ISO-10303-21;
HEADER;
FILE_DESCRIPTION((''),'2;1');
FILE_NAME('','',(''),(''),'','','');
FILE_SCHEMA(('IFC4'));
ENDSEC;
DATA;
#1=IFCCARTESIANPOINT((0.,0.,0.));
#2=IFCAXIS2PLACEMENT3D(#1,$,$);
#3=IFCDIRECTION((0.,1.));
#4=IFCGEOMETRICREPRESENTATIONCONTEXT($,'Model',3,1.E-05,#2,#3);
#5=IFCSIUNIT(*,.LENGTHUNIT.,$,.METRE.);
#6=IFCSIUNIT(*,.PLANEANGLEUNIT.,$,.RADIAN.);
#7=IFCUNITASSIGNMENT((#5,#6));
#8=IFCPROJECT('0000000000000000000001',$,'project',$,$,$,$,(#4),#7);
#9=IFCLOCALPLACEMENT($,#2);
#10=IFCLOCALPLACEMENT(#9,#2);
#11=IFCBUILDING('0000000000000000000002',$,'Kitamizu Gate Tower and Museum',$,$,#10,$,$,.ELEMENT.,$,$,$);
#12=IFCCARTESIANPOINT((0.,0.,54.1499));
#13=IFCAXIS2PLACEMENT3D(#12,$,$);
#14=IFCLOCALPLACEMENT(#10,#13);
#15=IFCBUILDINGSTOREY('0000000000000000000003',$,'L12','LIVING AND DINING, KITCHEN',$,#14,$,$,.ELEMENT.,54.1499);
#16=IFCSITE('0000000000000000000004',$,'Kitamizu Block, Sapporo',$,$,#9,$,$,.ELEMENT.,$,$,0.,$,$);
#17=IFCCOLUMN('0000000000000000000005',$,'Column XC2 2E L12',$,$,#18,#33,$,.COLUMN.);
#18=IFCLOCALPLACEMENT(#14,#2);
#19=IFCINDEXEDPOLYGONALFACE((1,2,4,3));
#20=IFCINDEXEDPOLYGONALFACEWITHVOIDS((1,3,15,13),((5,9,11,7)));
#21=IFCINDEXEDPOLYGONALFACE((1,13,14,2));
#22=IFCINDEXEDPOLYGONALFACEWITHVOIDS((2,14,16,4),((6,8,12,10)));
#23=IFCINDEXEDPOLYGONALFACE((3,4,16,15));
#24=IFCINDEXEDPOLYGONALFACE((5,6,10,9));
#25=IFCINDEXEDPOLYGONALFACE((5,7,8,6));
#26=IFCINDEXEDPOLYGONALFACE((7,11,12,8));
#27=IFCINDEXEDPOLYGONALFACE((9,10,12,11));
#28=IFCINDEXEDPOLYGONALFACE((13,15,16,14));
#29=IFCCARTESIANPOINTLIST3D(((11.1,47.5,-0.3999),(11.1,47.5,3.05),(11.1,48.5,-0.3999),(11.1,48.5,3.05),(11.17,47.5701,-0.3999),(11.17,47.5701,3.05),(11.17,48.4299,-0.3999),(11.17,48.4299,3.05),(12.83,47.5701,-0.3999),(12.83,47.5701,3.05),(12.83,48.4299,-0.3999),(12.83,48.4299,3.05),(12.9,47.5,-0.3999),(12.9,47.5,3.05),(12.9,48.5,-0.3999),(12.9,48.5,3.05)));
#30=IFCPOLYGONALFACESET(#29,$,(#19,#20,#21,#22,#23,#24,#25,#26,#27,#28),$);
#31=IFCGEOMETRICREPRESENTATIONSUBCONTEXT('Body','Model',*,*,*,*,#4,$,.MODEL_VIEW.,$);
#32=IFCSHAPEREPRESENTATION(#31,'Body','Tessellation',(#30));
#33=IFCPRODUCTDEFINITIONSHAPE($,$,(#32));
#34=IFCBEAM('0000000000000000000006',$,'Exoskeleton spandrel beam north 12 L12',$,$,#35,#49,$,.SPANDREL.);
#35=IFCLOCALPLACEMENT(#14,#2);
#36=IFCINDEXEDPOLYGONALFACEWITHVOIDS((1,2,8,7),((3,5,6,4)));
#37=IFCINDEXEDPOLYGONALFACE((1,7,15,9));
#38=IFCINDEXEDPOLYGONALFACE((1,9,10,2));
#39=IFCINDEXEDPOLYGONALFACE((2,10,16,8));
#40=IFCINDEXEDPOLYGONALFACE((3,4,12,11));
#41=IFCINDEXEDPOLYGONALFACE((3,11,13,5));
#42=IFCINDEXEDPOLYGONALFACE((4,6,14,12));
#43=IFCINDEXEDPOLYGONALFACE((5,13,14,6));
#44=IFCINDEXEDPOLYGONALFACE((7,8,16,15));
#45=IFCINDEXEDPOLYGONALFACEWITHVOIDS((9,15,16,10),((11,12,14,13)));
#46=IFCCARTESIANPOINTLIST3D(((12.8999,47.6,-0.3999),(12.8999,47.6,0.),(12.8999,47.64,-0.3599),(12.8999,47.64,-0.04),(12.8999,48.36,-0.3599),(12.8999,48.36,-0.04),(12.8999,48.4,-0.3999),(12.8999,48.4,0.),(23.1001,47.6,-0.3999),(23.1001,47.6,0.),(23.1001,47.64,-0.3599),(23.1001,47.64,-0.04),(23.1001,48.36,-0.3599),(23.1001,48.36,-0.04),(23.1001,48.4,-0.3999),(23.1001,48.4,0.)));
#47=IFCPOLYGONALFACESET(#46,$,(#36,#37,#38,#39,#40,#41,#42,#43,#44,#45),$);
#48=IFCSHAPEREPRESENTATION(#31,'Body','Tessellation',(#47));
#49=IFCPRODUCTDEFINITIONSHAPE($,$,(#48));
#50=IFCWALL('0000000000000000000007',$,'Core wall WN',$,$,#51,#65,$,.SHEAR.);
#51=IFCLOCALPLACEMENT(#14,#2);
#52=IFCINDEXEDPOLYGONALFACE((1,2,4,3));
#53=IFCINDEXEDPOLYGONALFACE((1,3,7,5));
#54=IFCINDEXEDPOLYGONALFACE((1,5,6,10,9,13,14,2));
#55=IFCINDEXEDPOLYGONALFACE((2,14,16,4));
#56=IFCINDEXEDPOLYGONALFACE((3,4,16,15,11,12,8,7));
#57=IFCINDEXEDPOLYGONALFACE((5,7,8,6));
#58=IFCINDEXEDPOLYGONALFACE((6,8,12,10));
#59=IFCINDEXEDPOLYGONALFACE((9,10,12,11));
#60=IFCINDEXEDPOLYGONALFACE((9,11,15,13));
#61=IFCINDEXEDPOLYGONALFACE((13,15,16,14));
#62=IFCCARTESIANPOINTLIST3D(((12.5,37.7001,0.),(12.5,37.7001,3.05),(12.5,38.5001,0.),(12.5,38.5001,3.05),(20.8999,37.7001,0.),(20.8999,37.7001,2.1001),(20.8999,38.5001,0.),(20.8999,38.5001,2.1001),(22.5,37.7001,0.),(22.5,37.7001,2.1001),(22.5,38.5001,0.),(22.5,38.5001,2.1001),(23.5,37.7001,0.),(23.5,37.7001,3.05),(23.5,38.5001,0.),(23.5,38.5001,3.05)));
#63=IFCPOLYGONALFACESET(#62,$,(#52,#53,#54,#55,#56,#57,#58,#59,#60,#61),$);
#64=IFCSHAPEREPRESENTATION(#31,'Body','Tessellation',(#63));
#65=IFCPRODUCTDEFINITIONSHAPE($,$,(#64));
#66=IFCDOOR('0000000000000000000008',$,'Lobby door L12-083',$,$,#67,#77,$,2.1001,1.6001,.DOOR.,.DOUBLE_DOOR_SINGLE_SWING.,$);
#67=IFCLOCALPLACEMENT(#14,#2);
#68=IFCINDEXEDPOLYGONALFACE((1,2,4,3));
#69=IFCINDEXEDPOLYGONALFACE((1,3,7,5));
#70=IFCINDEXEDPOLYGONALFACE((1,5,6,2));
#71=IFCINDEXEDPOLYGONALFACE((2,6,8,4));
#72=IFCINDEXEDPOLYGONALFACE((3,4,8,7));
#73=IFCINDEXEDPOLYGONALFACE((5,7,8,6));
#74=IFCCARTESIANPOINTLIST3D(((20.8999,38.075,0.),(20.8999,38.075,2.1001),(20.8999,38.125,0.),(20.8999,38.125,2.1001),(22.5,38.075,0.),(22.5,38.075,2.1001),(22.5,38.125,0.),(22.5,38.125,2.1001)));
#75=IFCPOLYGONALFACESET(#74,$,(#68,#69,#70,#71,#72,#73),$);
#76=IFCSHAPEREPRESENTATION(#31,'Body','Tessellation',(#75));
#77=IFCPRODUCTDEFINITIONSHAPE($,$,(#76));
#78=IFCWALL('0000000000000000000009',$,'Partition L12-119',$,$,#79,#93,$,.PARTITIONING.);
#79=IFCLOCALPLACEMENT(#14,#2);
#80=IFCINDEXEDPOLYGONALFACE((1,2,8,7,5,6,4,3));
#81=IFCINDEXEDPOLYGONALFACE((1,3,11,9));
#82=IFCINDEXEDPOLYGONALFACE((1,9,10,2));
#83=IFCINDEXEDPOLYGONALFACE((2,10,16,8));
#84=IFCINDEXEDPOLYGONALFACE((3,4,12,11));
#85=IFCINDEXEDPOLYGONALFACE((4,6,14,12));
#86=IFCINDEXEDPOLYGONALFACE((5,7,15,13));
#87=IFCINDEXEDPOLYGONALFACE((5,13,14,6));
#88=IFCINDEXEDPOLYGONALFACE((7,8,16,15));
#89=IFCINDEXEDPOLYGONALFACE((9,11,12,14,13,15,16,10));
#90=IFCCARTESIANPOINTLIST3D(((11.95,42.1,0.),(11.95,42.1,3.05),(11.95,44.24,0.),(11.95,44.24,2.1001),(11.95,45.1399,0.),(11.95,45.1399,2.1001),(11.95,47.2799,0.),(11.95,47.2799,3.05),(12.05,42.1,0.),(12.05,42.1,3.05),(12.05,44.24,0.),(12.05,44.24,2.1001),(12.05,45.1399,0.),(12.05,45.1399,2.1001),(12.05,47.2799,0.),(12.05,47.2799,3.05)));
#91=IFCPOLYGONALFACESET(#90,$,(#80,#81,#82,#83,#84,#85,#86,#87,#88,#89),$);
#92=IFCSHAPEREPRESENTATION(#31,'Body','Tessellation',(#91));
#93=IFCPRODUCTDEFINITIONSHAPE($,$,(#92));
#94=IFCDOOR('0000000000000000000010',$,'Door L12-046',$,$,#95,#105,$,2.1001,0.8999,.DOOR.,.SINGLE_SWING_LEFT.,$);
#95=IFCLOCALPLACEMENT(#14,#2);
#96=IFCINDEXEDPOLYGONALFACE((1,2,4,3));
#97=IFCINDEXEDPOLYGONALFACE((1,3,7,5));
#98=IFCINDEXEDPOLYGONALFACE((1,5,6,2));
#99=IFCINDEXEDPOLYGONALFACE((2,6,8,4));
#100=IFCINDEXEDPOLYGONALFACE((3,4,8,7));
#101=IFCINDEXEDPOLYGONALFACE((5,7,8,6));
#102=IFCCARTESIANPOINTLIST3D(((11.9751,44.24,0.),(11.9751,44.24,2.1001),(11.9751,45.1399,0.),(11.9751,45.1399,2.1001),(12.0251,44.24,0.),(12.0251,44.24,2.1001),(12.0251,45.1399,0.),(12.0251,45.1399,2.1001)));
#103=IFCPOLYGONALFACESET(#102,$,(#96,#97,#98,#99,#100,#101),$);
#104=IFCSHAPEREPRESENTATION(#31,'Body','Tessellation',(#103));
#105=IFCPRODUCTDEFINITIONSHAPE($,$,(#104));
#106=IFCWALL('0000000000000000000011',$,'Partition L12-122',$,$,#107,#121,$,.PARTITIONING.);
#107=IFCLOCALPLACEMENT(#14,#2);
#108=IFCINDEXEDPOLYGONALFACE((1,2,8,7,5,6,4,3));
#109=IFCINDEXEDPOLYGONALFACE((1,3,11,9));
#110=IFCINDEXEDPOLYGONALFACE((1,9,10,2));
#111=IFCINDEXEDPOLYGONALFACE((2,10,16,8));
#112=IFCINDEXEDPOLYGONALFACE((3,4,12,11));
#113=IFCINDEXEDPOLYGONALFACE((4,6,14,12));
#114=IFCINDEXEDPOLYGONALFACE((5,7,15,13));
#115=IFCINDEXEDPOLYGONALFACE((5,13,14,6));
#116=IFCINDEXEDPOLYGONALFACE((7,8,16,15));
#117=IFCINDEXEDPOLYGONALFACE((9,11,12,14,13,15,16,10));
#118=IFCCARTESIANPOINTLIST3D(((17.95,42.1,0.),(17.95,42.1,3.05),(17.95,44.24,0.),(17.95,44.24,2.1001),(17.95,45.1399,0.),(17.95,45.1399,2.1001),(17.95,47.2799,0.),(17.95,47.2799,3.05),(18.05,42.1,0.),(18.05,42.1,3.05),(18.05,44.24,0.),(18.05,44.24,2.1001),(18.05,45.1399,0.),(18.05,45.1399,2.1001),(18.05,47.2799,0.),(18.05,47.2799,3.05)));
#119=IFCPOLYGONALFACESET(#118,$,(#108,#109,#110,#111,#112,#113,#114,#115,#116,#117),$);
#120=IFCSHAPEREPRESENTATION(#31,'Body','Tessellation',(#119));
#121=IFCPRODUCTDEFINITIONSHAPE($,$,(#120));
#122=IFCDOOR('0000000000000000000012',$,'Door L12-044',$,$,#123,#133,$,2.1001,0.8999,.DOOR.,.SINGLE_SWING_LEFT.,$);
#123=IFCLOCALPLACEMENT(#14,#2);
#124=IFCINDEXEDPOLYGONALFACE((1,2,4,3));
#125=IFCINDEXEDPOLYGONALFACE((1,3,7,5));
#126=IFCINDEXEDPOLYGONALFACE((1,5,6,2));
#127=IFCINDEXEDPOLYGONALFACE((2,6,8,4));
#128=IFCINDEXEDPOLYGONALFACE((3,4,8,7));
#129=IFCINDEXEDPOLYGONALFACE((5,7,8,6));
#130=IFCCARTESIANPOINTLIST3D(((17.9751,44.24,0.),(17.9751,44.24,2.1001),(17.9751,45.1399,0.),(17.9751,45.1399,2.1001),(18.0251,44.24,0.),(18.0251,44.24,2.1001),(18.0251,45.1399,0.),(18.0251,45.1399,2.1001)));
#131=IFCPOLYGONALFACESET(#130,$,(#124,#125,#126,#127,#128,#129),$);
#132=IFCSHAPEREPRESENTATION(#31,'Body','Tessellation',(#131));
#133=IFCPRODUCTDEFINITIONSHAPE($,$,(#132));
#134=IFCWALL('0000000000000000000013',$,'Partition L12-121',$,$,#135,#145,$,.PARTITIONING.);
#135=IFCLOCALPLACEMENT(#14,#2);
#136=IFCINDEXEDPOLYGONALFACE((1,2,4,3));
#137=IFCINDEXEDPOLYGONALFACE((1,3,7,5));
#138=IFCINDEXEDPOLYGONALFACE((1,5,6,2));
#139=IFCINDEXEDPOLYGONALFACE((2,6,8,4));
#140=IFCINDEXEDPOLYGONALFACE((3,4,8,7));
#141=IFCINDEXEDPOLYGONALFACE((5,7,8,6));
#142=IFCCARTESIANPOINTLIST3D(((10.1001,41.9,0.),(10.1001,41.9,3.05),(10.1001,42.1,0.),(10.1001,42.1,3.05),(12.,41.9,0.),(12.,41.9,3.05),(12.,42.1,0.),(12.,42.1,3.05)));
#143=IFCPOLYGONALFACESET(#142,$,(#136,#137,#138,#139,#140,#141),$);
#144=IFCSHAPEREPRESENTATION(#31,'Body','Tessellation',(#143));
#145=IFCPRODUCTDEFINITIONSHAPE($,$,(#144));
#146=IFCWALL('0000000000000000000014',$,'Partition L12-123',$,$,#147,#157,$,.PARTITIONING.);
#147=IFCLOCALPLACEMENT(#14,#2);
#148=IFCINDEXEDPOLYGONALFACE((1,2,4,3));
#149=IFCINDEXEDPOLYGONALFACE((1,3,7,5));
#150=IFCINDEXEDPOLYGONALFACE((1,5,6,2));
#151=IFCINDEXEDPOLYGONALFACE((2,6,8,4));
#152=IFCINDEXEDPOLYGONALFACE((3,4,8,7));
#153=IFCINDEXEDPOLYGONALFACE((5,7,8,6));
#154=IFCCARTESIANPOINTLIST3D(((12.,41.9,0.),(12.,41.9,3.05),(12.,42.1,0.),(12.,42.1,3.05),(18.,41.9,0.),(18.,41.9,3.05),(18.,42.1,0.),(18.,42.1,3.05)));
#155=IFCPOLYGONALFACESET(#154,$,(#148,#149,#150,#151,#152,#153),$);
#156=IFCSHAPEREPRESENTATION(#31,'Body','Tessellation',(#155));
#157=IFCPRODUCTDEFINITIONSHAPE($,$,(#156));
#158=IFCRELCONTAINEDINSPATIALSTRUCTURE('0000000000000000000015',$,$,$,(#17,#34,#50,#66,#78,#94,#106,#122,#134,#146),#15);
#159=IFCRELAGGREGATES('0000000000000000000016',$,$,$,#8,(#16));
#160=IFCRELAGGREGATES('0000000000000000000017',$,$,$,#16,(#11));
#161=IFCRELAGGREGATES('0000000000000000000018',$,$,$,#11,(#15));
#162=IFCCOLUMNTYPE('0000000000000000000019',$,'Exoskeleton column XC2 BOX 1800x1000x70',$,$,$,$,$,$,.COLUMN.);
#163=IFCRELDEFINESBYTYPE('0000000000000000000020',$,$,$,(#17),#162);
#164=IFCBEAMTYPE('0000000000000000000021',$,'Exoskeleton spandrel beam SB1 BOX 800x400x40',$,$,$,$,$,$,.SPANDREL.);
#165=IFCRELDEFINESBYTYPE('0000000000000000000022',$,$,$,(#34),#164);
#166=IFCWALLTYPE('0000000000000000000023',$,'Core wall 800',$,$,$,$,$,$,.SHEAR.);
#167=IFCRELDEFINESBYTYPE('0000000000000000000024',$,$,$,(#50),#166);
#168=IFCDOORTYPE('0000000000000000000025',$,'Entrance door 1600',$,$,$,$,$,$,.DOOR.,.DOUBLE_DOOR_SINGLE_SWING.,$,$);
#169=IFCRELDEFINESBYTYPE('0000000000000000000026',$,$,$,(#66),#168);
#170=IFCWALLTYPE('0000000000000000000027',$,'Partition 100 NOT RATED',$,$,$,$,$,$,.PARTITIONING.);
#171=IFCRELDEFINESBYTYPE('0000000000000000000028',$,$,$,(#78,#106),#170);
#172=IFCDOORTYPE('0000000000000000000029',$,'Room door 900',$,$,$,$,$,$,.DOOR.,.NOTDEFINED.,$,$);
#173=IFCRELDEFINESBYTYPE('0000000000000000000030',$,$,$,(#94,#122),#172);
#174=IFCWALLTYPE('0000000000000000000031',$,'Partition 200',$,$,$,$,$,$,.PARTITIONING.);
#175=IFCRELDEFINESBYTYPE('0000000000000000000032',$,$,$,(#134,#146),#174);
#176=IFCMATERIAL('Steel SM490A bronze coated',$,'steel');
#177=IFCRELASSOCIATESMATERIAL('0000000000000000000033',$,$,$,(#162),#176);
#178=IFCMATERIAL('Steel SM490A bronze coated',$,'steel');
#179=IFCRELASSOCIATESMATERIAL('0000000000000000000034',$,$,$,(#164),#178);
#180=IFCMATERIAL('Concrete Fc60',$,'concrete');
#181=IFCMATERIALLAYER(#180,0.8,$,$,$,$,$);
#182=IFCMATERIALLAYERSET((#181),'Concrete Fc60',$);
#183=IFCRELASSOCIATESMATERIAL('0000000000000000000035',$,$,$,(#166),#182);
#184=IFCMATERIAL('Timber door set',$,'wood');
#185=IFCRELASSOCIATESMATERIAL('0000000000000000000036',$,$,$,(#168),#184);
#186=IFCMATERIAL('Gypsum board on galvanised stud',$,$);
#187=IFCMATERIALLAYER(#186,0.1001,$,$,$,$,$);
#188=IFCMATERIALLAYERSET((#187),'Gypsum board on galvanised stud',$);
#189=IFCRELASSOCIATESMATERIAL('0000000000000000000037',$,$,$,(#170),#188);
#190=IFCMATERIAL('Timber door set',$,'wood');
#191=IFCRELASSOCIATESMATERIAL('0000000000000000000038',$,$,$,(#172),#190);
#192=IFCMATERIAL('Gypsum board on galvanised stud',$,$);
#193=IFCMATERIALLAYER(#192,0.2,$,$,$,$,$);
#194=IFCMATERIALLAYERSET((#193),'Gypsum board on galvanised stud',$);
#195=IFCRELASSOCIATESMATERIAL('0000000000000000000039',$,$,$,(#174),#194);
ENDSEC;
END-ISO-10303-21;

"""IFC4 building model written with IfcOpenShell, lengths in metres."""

from ifc_helpers import new_model, si_unit, direction, frame, frame_2d, origin, origin_2d, place, context, subcontext, project, spatial, rectangle, hollow_rectangle, extrude, material, layer, layer_set, material_profile, profile_set, type_object, element, fill, save


model = new_model("IFC4")

# Units and contexts
model_context = context("Model", 3, precision=1e-05, world=origin(), true_north=direction((0.0, 1.0)))
body_context = subcontext(model_context, "Body", "Model", "MODEL_VIEW")
ifc_project = project(units=[si_unit("LENGTHUNIT", "METRE"), si_unit("PLANEANGLEUNIT", "RADIAN")], contexts=[model_context])

# Site, building, storey
site_placement = place(None, origin())
site = spatial("IfcSite", under=ifc_project, at=site_placement, Name="Kitamizu Block, Sapporo", CompositionType="ELEMENT", RefElevation=0.0)
building_placement = place(site_placement, origin())
building = spatial("IfcBuilding", under=site, at=building_placement, Name="Kitamizu Gate Tower and Museum", CompositionType="ELEMENT")
storey_placement = place(building_placement, frame((0.0, 0.0, 54.1499)))
storey = spatial("IfcBuildingStorey", under=building, at=storey_placement, Name="L12", Description="LIVING AND DINING, KITCHEN", CompositionType="ELEMENT", Elevation=54.1499)

# Column
ifc_material_1 = material(Name="Steel SM490A bronze coated", Category="steel")
ifc_material_profile_1 = material_profile(ifc_material_1, hollow_rectangle(XDim=1.8, YDim=1.0, WallThickness=0.0701, at=origin_2d()), Name="BOX 1800x1000x70")
ifc_profile_set_1 = profile_set([ifc_material_profile_1], Name="Steel SM490A bronze coated")
column_type = type_object("IfcColumnType", Name="Exoskeleton column XC2 BOX 1800x1000x70", PredefinedType="COLUMN", material=ifc_profile_set_1)
column_placement = place(storey_placement, frame((12.0, 48.0, -0.3999), z_axis=(0.0, 0.0, 1.0), x_axis=(1.0, 0.0, 0.0)))
element("IfcColumn", 1, at=column_placement, inside=storey, type_object=column_type, Name="Column XC2 2E L12", PredefinedType="COLUMN", context=body_context, shape_type="SweptSolid", body=[
    extrude(hollow_rectangle(XDim=1.8, YDim=1.0, WallThickness=0.0701, at=origin_2d()), origin(), (0.0, 0.0, 1.0), 3.45),
])

# Beam
ifc_material_2 = material(Name="Steel SM490A bronze coated", Category="steel")
ifc_material_profile_2 = material_profile(ifc_material_2, hollow_rectangle(XDim=0.8, YDim=0.3999, WallThickness=0.04, at=origin_2d()), Name="BOX 800x400x40")
ifc_profile_set_2 = profile_set([ifc_material_profile_2], Name="Steel SM490A bronze coated")
beam_type = type_object("IfcBeamType", Name="Exoskeleton spandrel beam SB1 BOX 800x400x40", PredefinedType="SPANDREL", material=ifc_profile_set_2)
beam_placement = place(storey_placement, frame((12.8999, 48.0, -0.2), z_axis=(1.0, 0.0, 0.0), x_axis=(0.0, 1.0, 0.0)))
element("IfcBeam", 2, at=beam_placement, inside=storey, type_object=beam_type, Name="Exoskeleton spandrel beam north 12 L12", PredefinedType="SPANDREL", context=body_context, shape_type="SweptSolid", body=[
    extrude(hollow_rectangle(XDim=0.8, YDim=0.3999, WallThickness=0.04, at=origin_2d()), origin(), (0.0, 0.0, 1.0), 10.2002),
])

# Walls, openings, doors
ifc_material_3 = material(Name="Concrete Fc60", Category="concrete")
ifc_layer_1 = layer(ifc_material_3, 0.8)
ifc_layer_set_1 = layer_set([ifc_layer_1], Name="Concrete Fc60")
wall_type_1 = type_object("IfcWallType", Name="Core wall 800", PredefinedType="SHEAR", material=ifc_layer_set_1)
wall_1_placement = place(storey_placement, frame((12.5, 38.1001, 0.0), z_axis=(0.0, 0.0, 1.0), x_axis=(1.0, 0.0, 0.0)))
wall_1 = element("IfcWall", 3, at=wall_1_placement, inside=storey, type_object=wall_type_1, Name="Core wall WN", PredefinedType="SHEAR", context=body_context, shape_type="SweptSolid", body=[
    extrude(rectangle(XDim=11.0, YDim=0.8, at=frame_2d((5.5, 0.0))), origin(), (0.0, 0.0, 1.0), 3.05),
])
opening_1_placement = place(wall_1_placement, frame((8.3999, 0.0, 0.0)))
opening_1 = element("IfcOpeningElement", 4, at=opening_1_placement, cuts=wall_1, PredefinedType="OPENING", context=body_context, shape_type="SweptSolid", body=[
    extrude(rectangle(XDim=1.6001, YDim=2.1001, at=frame_2d((0.8, 1.05))), frame((0.0, 0.4102, 0.0), z_axis=(0.0, -1.0, 0.0), x_axis=(1.0, 0.0, 0.0)), (0.0, 0.0, 1.0), 0.8201),
])
ifc_material_4 = material(Name="Timber door set", Category="wood")
door_type_1 = type_object("IfcDoorType", Name="Entrance door 1600", OperationType="DOUBLE_DOOR_SINGLE_SWING", PredefinedType="DOOR", material=ifc_material_4)
door_1_placement = place(opening_1_placement, origin())
door_1 = element("IfcDoor", 5, at=door_1_placement, inside=storey, type_object=door_type_1, Name="Lobby door L12-083", OperationType="DOUBLE_DOOR_SINGLE_SWING", OverallHeight=2.1001, OverallWidth=1.6001, PredefinedType="DOOR", context=body_context, shape_type="SweptSolid", body=[
    extrude(rectangle(XDim=1.6001, YDim=2.1001, at=frame_2d((0.8, 1.05))), frame((0.0, 0.0249, 0.0), z_axis=(0.0, -1.0, 0.0), x_axis=(1.0, 0.0, 0.0)), (0.0, 0.0, 1.0), 0.05),
])
fill(opening_1, door_1)
ifc_material_5 = material(Name="Gypsum board on galvanised stud")
ifc_layer_2 = layer(ifc_material_5, 0.1001)
ifc_layer_set_2 = layer_set([ifc_layer_2], Name="Gypsum board on galvanised stud")
wall_type_2 = type_object("IfcWallType", Name="Partition 100 NOT RATED", PredefinedType="PARTITIONING", material=ifc_layer_set_2)
wall_2_placement = place(storey_placement, frame((12.0, 42.1001, 0.0), z_axis=(0.0, 0.0, 1.0), x_axis=(0.0, 1.0, 0.0)))
wall_2 = element("IfcWall", 6, at=wall_2_placement, inside=storey, type_object=wall_type_2, Name="Partition L12-119", PredefinedType="PARTITIONING", context=body_context, shape_type="SweptSolid", body=[
    extrude(rectangle(XDim=5.1799, YDim=0.1001, at=frame_2d((2.5898, 0.0))), origin(), (0.0, 0.0, 1.0), 3.05),
])
opening_2_placement = place(wall_2_placement, frame((2.1399, 0.0, 0.0)))
opening_2 = element("IfcOpeningElement", 7, at=opening_2_placement, cuts=wall_2, PredefinedType="OPENING", context=body_context, shape_type="SweptSolid", body=[
    extrude(rectangle(XDim=0.8999, YDim=2.1001, at=frame_2d((0.45, 1.05))), frame((0.0, 0.0601, 0.0), z_axis=(0.0, -1.0, 0.0), x_axis=(1.0, 0.0, 0.0)), (0.0, 0.0, 1.0), 0.1201),
])
ifc_material_6 = material(Name="Timber door set", Category="wood")
door_type_2 = type_object("IfcDoorType", Name="Room door 900", OperationType="NOTDEFINED", PredefinedType="DOOR", material=ifc_material_6)
door_2_placement = place(opening_2_placement, origin())
door_2 = element("IfcDoor", 8, at=door_2_placement, inside=storey, type_object=door_type_2, Name="Door L12-046", OperationType="SINGLE_SWING_LEFT", OverallHeight=2.1001, OverallWidth=0.8999, PredefinedType="DOOR", context=body_context, shape_type="SweptSolid", body=[
    extrude(rectangle(XDim=0.8999, YDim=2.1001, at=frame_2d((0.45, 1.05))), frame((0.0, 0.0249, 0.0), z_axis=(0.0, -1.0, 0.0), x_axis=(1.0, 0.0, 0.0)), (0.0, 0.0, 1.0), 0.05),
])
fill(opening_2, door_2)
wall_3_placement = place(storey_placement, frame((18.0, 42.1001, 0.0), z_axis=(0.0, 0.0, 1.0), x_axis=(0.0, 1.0, 0.0)))
wall_3 = element("IfcWall", 9, at=wall_3_placement, inside=storey, type_object=wall_type_2, Name="Partition L12-122", PredefinedType="PARTITIONING", context=body_context, shape_type="SweptSolid", body=[
    extrude(rectangle(XDim=5.1799, YDim=0.1001, at=frame_2d((2.5898, 0.0))), origin(), (0.0, 0.0, 1.0), 3.05),
])
opening_3_placement = place(wall_3_placement, frame((2.1399, 0.0, 0.0)))
opening_3 = element("IfcOpeningElement", 10, at=opening_3_placement, cuts=wall_3, PredefinedType="OPENING", context=body_context, shape_type="SweptSolid", body=[
    extrude(rectangle(XDim=0.8999, YDim=2.1001, at=frame_2d((0.45, 1.05))), frame((0.0, 0.0601, 0.0), z_axis=(0.0, -1.0, 0.0), x_axis=(1.0, 0.0, 0.0)), (0.0, 0.0, 1.0), 0.1201),
])
door_3_placement = place(opening_3_placement, origin())
door_3 = element("IfcDoor", 11, at=door_3_placement, inside=storey, type_object=door_type_2, Name="Door L12-044", OperationType="SINGLE_SWING_LEFT", OverallHeight=2.1001, OverallWidth=0.8999, PredefinedType="DOOR", context=body_context, shape_type="SweptSolid", body=[
    extrude(rectangle(XDim=0.8999, YDim=2.1001, at=frame_2d((0.45, 1.05))), frame((0.0, 0.0249, 0.0), z_axis=(0.0, -1.0, 0.0), x_axis=(1.0, 0.0, 0.0)), (0.0, 0.0, 1.0), 0.05),
])
fill(opening_3, door_3)

# Walls
ifc_material_7 = material(Name="Gypsum board on galvanised stud")
ifc_layer_3 = layer(ifc_material_7, 0.2)
ifc_layer_set_3 = layer_set([ifc_layer_3], Name="Gypsum board on galvanised stud")
wall_type_3 = type_object("IfcWallType", Name="Partition 200", PredefinedType="PARTITIONING", material=ifc_layer_set_3)
wall_4_placement = place(storey_placement, frame((10.1001, 42.0, 0.0), z_axis=(0.0, 0.0, 1.0), x_axis=(1.0, 0.0, 0.0)))
element("IfcWall", 12, at=wall_4_placement, inside=storey, type_object=wall_type_3, Name="Partition L12-121", PredefinedType="PARTITIONING", context=body_context, shape_type="SweptSolid", body=[
    extrude(rectangle(XDim=1.8999, YDim=0.2, at=frame_2d((0.95, 0.0))), origin(), (0.0, 0.0, 1.0), 3.05),
])
wall_5_placement = place(storey_placement, frame((12.0, 42.0, 0.0), z_axis=(0.0, 0.0, 1.0), x_axis=(1.0, 0.0, 0.0)))
element("IfcWall", 13, at=wall_5_placement, inside=storey, type_object=wall_type_3, Name="Partition L12-123", PredefinedType="PARTITIONING", context=body_context, shape_type="SweptSolid", body=[
    extrude(rectangle(XDim=6.0, YDim=0.2, at=frame_2d((3.0, 0.0))), origin(), (0.0, 0.0, 1.0), 3.05),
])

save(model, "model.ifc")
